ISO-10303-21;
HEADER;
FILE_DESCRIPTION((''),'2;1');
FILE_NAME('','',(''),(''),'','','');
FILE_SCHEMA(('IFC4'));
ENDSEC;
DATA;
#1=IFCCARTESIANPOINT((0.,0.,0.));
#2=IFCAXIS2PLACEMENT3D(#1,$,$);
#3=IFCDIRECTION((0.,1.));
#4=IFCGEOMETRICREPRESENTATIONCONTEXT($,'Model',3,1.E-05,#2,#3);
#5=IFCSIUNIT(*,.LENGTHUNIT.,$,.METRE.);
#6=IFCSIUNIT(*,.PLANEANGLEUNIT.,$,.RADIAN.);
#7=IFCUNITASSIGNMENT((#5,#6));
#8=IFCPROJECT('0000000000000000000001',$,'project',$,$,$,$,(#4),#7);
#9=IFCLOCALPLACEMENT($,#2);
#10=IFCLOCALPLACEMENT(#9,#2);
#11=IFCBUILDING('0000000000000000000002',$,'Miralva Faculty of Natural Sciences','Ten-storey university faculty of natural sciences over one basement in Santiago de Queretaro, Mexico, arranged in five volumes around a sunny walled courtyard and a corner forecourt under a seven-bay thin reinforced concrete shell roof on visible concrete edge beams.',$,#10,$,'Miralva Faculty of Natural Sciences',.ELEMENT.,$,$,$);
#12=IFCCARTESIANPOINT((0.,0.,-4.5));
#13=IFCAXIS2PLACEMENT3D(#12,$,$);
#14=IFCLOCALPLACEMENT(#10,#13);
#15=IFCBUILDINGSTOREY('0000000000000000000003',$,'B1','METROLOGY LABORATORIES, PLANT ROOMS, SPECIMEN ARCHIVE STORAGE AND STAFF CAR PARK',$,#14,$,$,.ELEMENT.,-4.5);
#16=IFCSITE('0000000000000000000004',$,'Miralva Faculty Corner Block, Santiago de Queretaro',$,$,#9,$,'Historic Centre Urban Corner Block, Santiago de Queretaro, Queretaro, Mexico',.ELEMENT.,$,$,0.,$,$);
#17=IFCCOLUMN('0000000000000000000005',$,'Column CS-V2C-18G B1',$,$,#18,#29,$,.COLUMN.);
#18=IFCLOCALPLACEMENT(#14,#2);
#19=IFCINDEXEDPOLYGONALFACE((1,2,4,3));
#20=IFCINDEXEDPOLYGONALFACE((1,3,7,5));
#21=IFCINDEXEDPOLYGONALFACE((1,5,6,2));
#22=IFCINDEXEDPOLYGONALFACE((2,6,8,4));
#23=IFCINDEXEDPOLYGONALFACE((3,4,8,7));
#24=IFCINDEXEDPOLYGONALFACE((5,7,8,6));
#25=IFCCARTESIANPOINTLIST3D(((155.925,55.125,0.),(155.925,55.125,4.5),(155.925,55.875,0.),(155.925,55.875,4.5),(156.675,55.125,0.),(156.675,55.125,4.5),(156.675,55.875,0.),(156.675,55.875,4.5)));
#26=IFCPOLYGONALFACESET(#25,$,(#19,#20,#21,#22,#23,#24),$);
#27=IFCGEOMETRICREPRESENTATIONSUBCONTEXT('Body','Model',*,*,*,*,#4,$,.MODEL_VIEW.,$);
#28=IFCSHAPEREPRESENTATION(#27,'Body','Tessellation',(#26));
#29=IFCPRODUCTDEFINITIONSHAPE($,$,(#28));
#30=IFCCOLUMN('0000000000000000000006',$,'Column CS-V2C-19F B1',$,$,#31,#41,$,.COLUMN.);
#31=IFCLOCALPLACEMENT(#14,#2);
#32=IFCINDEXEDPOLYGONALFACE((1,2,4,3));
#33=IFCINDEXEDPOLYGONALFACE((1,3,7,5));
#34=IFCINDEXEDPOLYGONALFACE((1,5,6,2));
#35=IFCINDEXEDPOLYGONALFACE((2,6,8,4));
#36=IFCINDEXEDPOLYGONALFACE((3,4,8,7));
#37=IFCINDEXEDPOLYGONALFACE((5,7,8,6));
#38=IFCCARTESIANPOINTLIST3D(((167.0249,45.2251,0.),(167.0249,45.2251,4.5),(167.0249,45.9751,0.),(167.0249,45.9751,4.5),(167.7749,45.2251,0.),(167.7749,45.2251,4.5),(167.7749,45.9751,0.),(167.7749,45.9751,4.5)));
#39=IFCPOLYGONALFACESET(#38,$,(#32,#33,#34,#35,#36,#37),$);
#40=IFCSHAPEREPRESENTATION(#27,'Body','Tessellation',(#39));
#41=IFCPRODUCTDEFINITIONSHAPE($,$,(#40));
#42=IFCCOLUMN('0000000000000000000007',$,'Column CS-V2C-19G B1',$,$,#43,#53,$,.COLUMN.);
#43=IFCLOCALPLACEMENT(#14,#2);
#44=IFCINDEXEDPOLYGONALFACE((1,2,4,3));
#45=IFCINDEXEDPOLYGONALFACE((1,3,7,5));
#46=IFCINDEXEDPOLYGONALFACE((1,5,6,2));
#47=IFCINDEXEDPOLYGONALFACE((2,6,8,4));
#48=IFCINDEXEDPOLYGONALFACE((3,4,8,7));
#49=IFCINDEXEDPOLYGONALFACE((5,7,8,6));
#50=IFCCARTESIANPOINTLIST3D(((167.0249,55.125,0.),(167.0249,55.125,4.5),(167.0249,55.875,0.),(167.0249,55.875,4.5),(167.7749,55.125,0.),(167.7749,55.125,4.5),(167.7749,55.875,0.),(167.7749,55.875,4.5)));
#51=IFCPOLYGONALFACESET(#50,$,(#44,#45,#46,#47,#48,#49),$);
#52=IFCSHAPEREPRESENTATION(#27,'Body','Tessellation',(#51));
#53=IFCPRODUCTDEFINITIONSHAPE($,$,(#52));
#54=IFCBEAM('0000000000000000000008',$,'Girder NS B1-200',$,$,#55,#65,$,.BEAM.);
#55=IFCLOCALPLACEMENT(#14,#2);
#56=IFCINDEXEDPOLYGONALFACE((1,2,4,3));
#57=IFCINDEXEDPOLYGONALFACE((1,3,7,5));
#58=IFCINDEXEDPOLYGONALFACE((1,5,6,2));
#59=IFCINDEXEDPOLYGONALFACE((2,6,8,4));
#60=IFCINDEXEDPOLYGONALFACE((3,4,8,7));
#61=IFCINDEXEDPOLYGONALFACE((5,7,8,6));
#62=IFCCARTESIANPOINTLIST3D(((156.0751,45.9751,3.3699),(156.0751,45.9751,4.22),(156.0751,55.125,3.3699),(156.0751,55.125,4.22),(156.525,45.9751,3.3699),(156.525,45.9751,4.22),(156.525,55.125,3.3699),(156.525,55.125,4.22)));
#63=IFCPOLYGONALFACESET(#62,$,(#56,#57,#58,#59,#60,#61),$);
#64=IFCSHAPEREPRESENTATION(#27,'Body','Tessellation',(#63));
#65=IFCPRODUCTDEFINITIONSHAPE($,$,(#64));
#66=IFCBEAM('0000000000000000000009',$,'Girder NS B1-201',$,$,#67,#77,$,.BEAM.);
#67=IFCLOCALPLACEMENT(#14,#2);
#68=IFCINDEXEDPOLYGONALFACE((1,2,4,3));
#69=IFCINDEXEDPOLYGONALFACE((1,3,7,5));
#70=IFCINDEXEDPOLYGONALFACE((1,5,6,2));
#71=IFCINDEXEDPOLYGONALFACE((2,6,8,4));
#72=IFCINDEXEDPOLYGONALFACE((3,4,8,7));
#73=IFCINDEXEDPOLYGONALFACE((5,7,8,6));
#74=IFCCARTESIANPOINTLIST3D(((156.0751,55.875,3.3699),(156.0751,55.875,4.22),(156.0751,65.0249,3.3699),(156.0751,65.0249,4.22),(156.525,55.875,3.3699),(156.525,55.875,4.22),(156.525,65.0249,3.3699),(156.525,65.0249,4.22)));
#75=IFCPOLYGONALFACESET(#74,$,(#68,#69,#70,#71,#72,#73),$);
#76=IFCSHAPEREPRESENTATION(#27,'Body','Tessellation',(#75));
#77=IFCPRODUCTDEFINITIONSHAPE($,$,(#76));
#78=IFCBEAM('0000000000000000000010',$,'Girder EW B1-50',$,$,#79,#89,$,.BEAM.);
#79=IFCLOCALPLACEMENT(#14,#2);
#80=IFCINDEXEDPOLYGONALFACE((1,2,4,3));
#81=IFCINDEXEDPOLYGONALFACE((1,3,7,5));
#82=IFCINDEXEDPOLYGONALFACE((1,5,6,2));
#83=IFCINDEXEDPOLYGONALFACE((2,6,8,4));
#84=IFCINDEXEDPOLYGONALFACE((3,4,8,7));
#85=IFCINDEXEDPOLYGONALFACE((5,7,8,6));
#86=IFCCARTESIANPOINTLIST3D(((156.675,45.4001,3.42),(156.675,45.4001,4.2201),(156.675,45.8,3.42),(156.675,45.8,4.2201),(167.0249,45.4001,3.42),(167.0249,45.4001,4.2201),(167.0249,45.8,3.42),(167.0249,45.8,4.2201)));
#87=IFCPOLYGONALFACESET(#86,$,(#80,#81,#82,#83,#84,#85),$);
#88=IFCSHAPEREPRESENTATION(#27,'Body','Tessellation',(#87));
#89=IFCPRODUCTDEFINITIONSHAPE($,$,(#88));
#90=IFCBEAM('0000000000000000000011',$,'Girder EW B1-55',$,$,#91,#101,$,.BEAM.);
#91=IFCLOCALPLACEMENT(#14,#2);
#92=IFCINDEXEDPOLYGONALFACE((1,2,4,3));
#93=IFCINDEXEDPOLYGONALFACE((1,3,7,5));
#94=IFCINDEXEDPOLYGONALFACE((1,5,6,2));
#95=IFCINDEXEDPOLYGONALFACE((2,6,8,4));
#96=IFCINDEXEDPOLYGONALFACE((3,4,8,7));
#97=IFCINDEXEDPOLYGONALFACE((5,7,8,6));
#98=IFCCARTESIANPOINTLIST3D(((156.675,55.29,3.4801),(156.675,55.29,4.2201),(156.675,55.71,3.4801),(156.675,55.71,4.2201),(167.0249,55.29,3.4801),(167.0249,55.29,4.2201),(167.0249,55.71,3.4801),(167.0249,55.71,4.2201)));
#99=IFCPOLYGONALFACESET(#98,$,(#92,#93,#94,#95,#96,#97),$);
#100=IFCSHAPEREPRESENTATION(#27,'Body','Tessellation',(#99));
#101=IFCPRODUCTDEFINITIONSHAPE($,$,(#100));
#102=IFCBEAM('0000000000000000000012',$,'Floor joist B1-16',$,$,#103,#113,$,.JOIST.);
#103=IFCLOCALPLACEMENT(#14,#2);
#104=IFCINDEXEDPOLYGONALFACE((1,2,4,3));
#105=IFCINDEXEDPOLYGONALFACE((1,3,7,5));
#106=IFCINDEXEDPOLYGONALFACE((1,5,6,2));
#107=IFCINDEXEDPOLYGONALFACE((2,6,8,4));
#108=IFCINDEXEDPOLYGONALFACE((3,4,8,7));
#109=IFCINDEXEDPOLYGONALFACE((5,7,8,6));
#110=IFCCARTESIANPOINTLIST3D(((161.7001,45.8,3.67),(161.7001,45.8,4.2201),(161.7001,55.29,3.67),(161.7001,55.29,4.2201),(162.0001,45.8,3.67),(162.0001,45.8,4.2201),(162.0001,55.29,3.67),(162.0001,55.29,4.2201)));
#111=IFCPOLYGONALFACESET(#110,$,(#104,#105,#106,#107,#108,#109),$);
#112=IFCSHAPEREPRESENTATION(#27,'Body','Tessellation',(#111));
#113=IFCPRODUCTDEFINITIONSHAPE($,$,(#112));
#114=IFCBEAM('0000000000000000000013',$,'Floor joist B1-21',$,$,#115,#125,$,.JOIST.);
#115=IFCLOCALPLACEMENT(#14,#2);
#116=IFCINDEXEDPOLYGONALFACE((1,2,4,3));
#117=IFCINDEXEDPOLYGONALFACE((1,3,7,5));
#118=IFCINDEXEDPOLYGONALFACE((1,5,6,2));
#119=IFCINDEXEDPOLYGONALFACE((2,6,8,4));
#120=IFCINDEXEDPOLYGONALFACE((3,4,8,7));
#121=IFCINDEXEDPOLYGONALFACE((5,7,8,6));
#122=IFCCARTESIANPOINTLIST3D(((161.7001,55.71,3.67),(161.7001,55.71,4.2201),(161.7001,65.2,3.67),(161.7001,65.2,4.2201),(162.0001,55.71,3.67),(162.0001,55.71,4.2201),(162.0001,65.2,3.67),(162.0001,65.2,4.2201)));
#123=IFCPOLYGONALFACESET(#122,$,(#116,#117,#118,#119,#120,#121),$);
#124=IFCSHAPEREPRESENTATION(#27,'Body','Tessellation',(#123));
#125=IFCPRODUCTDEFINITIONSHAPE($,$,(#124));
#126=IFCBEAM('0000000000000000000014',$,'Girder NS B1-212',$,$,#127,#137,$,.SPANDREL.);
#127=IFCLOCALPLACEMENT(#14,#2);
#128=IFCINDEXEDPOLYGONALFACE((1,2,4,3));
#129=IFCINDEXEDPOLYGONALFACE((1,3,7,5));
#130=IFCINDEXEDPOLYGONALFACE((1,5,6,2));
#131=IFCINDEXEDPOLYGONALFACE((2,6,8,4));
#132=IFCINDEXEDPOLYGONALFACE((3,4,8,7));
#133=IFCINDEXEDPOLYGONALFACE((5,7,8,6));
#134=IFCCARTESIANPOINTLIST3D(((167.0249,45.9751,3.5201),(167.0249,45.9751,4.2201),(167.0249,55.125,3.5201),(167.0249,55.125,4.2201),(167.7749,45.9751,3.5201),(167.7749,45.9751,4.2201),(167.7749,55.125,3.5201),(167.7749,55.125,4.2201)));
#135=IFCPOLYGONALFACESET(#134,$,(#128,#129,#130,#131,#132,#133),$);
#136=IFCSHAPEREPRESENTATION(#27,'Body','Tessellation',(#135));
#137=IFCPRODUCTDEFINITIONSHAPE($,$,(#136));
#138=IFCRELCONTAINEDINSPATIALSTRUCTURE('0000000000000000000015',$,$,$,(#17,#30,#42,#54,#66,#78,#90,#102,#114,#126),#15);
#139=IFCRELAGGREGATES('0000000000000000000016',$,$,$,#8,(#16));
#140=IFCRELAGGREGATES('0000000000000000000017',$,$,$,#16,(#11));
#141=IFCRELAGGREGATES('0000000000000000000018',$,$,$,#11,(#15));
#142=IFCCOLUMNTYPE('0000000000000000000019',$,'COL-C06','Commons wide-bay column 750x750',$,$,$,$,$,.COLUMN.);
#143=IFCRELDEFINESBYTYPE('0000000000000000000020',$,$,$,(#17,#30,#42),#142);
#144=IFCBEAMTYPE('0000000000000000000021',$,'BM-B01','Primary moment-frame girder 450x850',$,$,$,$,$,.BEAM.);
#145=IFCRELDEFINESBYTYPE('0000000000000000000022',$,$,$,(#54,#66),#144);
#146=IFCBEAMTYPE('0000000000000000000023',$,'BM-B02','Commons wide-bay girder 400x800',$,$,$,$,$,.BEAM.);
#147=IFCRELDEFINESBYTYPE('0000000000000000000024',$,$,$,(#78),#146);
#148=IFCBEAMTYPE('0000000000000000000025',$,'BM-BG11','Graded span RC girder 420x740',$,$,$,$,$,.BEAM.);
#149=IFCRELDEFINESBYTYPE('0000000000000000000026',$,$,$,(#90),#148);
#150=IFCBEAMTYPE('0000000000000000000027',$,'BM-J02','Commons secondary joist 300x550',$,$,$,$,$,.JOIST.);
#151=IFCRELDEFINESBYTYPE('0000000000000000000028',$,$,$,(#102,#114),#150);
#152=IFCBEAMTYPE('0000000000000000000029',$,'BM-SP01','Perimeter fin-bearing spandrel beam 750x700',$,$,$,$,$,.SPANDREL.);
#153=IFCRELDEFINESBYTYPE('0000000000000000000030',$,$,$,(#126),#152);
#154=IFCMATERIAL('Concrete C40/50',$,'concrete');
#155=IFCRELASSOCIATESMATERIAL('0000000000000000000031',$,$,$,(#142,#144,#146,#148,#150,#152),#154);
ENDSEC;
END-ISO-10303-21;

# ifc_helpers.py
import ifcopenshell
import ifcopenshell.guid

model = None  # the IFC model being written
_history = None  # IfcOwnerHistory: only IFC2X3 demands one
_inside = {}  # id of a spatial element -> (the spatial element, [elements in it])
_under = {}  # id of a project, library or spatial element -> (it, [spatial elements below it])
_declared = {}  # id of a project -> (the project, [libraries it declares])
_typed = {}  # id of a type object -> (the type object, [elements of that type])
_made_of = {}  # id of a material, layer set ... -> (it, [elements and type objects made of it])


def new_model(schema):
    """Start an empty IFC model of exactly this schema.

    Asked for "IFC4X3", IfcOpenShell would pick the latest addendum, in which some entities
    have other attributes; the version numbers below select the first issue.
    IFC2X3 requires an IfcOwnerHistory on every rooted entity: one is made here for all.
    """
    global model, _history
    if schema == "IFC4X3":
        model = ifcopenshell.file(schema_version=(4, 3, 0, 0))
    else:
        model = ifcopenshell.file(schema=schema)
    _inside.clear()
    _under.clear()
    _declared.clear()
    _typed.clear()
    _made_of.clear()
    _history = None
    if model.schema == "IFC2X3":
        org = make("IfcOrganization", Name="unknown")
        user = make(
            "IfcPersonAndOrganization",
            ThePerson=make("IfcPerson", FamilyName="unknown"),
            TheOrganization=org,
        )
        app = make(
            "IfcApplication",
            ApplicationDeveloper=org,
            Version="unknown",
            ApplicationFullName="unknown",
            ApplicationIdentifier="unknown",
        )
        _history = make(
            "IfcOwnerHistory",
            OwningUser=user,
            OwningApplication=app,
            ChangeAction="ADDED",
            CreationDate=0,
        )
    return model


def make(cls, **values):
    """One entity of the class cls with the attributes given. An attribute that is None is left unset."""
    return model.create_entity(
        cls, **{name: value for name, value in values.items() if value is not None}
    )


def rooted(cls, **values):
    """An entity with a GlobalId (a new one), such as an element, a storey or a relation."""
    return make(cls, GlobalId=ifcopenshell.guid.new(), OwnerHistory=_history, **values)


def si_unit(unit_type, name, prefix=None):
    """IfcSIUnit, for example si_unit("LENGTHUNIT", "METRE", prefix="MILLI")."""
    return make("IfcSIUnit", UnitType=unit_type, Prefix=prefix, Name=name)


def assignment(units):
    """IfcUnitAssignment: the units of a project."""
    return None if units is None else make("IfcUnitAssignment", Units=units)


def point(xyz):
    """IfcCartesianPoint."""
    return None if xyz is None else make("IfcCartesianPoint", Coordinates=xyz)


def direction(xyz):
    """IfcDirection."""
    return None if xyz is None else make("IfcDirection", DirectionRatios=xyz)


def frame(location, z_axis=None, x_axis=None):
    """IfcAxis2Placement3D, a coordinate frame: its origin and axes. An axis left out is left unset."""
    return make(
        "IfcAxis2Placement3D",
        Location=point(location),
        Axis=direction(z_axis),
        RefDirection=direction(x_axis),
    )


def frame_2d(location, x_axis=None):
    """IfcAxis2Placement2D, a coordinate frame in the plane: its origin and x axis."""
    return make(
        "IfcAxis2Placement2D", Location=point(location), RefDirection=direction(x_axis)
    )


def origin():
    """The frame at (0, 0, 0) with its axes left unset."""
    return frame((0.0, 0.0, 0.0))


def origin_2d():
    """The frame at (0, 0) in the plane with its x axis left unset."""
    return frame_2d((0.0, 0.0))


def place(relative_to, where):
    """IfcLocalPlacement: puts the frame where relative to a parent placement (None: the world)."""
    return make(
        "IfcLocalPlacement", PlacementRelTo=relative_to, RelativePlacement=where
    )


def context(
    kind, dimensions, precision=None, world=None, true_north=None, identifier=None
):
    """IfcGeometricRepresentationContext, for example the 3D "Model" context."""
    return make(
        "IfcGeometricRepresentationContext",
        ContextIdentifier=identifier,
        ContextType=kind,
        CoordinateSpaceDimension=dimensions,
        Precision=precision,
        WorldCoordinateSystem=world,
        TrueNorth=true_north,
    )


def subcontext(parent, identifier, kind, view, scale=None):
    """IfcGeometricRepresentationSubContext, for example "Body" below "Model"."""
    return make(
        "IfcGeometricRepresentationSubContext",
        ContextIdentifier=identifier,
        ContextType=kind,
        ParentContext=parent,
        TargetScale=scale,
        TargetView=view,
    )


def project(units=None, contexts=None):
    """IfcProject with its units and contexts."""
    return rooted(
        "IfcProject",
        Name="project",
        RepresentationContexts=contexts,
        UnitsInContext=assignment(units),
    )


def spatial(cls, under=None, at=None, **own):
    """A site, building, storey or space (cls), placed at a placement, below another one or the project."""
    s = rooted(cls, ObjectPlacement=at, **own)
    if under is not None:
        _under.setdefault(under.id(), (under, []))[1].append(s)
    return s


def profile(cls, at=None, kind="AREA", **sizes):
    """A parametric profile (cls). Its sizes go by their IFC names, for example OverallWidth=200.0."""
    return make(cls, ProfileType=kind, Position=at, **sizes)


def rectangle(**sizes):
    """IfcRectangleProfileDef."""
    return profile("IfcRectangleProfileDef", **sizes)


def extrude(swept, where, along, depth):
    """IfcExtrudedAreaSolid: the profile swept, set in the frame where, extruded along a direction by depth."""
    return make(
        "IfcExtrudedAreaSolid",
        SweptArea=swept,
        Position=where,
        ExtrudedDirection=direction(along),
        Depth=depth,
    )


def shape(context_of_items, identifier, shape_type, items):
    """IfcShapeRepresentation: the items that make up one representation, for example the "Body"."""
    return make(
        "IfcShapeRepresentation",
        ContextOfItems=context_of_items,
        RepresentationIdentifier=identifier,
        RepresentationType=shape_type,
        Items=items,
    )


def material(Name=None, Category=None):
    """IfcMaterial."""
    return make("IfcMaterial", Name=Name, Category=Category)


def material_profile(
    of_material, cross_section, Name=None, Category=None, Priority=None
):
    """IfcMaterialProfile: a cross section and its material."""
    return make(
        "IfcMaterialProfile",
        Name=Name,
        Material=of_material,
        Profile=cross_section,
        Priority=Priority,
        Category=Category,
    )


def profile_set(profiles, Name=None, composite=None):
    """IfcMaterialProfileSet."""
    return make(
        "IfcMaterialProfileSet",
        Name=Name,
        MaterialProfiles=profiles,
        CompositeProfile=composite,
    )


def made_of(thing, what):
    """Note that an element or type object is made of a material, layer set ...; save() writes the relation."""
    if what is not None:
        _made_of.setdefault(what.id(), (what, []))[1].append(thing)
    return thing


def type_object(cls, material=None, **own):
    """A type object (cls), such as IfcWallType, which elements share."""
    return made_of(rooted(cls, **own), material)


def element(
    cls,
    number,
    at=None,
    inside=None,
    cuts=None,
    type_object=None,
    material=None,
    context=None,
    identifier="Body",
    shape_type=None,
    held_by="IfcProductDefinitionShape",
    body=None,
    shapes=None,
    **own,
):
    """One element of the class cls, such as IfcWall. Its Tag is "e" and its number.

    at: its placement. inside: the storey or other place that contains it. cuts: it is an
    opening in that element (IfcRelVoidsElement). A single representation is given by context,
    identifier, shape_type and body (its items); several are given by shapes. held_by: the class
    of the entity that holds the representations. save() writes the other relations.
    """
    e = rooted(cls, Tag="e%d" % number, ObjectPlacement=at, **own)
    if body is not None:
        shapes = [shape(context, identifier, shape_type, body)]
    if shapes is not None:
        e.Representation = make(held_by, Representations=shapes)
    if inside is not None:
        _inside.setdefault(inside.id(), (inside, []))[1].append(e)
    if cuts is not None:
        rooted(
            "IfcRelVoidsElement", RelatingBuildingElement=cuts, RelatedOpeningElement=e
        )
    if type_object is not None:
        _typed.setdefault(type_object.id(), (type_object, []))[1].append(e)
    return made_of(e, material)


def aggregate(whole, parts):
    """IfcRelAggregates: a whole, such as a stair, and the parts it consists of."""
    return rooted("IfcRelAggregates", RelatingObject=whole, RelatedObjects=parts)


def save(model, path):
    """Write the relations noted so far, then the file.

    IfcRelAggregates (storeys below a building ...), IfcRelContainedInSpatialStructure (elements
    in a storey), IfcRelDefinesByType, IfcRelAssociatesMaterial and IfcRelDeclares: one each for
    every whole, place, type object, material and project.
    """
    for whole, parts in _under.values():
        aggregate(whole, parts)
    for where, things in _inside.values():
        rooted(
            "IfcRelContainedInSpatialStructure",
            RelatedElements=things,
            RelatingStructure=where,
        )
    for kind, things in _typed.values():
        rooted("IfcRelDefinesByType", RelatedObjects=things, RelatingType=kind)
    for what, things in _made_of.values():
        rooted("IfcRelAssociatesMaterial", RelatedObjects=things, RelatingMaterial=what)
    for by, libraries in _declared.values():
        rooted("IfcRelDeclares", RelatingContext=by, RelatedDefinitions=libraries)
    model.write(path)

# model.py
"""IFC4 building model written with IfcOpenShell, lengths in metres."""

from ifc_helpers import new_model, si_unit, direction, frame, origin, origin_2d, place, context, subcontext, project, spatial, rectangle, extrude, material, material_profile, profile_set, type_object, element, save


model = new_model("IFC4")

# Units and contexts
model_context = context("Model", 3, precision=1e-05, world=origin(), true_north=direction((0.0, 1.0)))
body_context = subcontext(model_context, "Body", "Model", "MODEL_VIEW")
ifc_project = project(units=[si_unit("LENGTHUNIT", "METRE"), si_unit("PLANEANGLEUNIT", "RADIAN")], contexts=[model_context])

# Site, building, storey
site_placement = place(None, origin())
site = spatial("IfcSite", under=ifc_project, at=site_placement, Name="Miralva Faculty Corner Block, Santiago de Queretaro", LongName="Historic Centre Urban Corner Block, Santiago de Queretaro, Queretaro, Mexico", CompositionType="ELEMENT", RefElevation=0.0)
building_placement = place(site_placement, origin())
building = spatial("IfcBuilding", under=site, at=building_placement, Name="Miralva Faculty of Natural Sciences", Description="Ten-storey university faculty of natural sciences over one basement in Santiago de Queretaro, Mexico, arranged in five volumes around a sunny walled courtyard and a corner forecourt under a seven-bay thin reinforced concrete shell roof on visible concrete edge beams.", LongName="Miralva Faculty of Natural Sciences", CompositionType="ELEMENT")
storey_placement = place(building_placement, frame((0.0, 0.0, -4.5)))
storey = spatial("IfcBuildingStorey", under=building, at=storey_placement, Name="B1", Description="METROLOGY LABORATORIES, PLANT ROOMS, SPECIMEN ARCHIVE STORAGE AND STAFF CAR PARK", CompositionType="ELEMENT", Elevation=-4.5)

# Columns
ifc_material_1 = material(Name="Concrete C40/50", Category="concrete")
ifc_material_profile_1 = material_profile(ifc_material_1, rectangle(XDim=0.75, YDim=0.75, at=origin_2d()), Name="RC 750x750")
ifc_profile_set_1 = profile_set([ifc_material_profile_1], Name="Concrete C40/50")
column_type = type_object("IfcColumnType", Name="COL-C06", Description="Commons wide-bay column 750x750", PredefinedType="COLUMN", material=ifc_profile_set_1)
for number, where, z_axis, x_axis, name in (
    (1, (156.3, 55.5, 0.0), (0.0, 0.0, 1.0), (1.0, 0.0, 0.0), "Column CS-V2C-18G B1"),
    (2, (167.3999, 45.6001, 0.0), (0.0, 0.0, 1.0), (1.0, 0.0, 0.0), "Column CS-V2C-19F B1"),
    (3, (167.3999, 55.5, 0.0), (0.0, 0.0, 1.0), (1.0, 0.0, 0.0), "Column CS-V2C-19G B1"),
):
    element("IfcColumn", number, at=place(storey_placement, frame(where, z_axis=z_axis, x_axis=x_axis)), inside=storey, type_object=column_type, Name=name, PredefinedType="COLUMN", context=body_context, shape_type="SweptSolid", body=[
        extrude(rectangle(XDim=0.75, YDim=0.75, at=origin_2d()), origin(), (0.0, 0.0, 1.0), 4.5),
    ])

# Beams
ifc_material_profile_2 = material_profile(ifc_material_1, rectangle(XDim=0.45, YDim=0.8501, at=origin_2d()), Name="RC 450x850")
ifc_profile_set_2 = profile_set([ifc_material_profile_2], Name="Concrete C40/50")
beam_type_1 = type_object("IfcBeamType", Name="BM-B01", Description="Primary moment-frame girder 450x850", PredefinedType="BEAM", material=ifc_profile_set_2)
for number, where, z_axis, x_axis, name in (
    (4, (156.3, 45.9751, 3.7949), (0.0, 1.0, 0.0), (-1.0, 0.0, 0.0), "Girder NS B1-200"),
    (5, (156.3, 55.875, 3.7949), (0.0, 1.0, 0.0), (-1.0, 0.0, 0.0), "Girder NS B1-201"),
):
    element("IfcBeam", number, at=place(storey_placement, frame(where, z_axis=z_axis, x_axis=x_axis)), inside=storey, type_object=beam_type_1, Name=name, PredefinedType="BEAM", context=body_context, shape_type="SweptSolid", body=[
        extrude(rectangle(XDim=0.45, YDim=0.8501, at=origin_2d()), origin(), (0.0, 0.0, 1.0), 9.1499),
    ])
ifc_material_profile_3 = material_profile(ifc_material_1, rectangle(XDim=0.3999, YDim=0.8, at=origin_2d()), Name="RC 400x800")
ifc_profile_set_3 = profile_set([ifc_material_profile_3], Name="Concrete C40/50")
beam_type_2 = type_object("IfcBeamType", Name="BM-B02", Description="Commons wide-bay girder 400x800", PredefinedType="BEAM", material=ifc_profile_set_3)
beam_1_placement = place(storey_placement, frame((156.675, 45.6001, 3.8201), z_axis=(1.0, 0.0, 0.0), x_axis=(0.0, 1.0, 0.0)))
element("IfcBeam", 6, at=beam_1_placement, inside=storey, type_object=beam_type_2, Name="Girder EW B1-50", PredefinedType="BEAM", context=body_context, shape_type="SweptSolid", body=[
    extrude(rectangle(XDim=0.3999, YDim=0.8, at=origin_2d()), origin(), (0.0, 0.0, 1.0), 10.3499),
])
ifc_material_profile_4 = material_profile(ifc_material_1, rectangle(XDim=0.4199, YDim=0.74, at=origin_2d()), Name="RC 420x740")
ifc_profile_set_4 = profile_set([ifc_material_profile_4], Name="Concrete C40/50")
beam_type_3 = type_object("IfcBeamType", Name="BM-BG11", Description="Graded span RC girder 420x740", PredefinedType="BEAM", material=ifc_profile_set_4)
beam_2_placement = place(storey_placement, frame((156.675, 55.5, 3.8501), z_axis=(1.0, 0.0, 0.0), x_axis=(0.0, 1.0, 0.0)))
element("IfcBeam", 7, at=beam_2_placement, inside=storey, type_object=beam_type_3, Name="Girder EW B1-55", PredefinedType="BEAM", context=body_context, shape_type="SweptSolid", body=[
    extrude(rectangle(XDim=0.4199, YDim=0.74, at=origin_2d()), origin(), (0.0, 0.0, 1.0), 10.3499),
])
ifc_material_profile_5 = material_profile(ifc_material_1, rectangle(XDim=0.3, YDim=0.55, at=origin_2d()), Name="RC 300x550")
ifc_profile_set_5 = profile_set([ifc_material_profile_5], Name="Concrete C40/50")
beam_type_4 = type_object("IfcBeamType", Name="BM-J02", Description="Commons secondary joist 300x550", PredefinedType="JOIST", material=ifc_profile_set_5)
for number, where, z_axis, x_axis, name in (
    (8, (161.8501, 45.8, 3.9451), (0.0, 1.0, 0.0), (-1.0, 0.0, 0.0), "Floor joist B1-16"),
    (9, (161.8501, 55.71, 3.9451), (0.0, 1.0, 0.0), (-1.0, 0.0, 0.0), "Floor joist B1-21"),
):
    element("IfcBeam", number, at=place(storey_placement, frame(where, z_axis=z_axis, x_axis=x_axis)), inside=storey, type_object=beam_type_4, Name=name, PredefinedType="JOIST", context=body_context, shape_type="SweptSolid", body=[
        extrude(rectangle(XDim=0.3, YDim=0.55, at=origin_2d()), origin(), (0.0, 0.0, 1.0), 9.49),
    ])
ifc_material_profile_6 = material_profile(ifc_material_1, rectangle(XDim=0.75, YDim=0.7, at=origin_2d()), Name="RC 750x700")
ifc_profile_set_6 = profile_set([ifc_material_profile_6], Name="Concrete C40/50")
beam_type_5 = type_object("IfcBeamType", Name="BM-SP01", Description="Perimeter fin-bearing spandrel beam 750x700", PredefinedType="SPANDREL", material=ifc_profile_set_6)
beam_3_placement = place(storey_placement, frame((167.3999, 45.9751, 3.8701), z_axis=(0.0, 1.0, 0.0), x_axis=(-1.0, 0.0, 0.0)))
element("IfcBeam", 10, at=beam_3_placement, inside=storey, type_object=beam_type_5, Name="Girder NS B1-212", PredefinedType="SPANDREL", context=body_context, shape_type="SweptSolid", body=[
    extrude(rectangle(XDim=0.75, YDim=0.7, at=origin_2d()), origin(), (0.0, 0.0, 1.0), 9.1499),
])

save(model, "model.ifc")
